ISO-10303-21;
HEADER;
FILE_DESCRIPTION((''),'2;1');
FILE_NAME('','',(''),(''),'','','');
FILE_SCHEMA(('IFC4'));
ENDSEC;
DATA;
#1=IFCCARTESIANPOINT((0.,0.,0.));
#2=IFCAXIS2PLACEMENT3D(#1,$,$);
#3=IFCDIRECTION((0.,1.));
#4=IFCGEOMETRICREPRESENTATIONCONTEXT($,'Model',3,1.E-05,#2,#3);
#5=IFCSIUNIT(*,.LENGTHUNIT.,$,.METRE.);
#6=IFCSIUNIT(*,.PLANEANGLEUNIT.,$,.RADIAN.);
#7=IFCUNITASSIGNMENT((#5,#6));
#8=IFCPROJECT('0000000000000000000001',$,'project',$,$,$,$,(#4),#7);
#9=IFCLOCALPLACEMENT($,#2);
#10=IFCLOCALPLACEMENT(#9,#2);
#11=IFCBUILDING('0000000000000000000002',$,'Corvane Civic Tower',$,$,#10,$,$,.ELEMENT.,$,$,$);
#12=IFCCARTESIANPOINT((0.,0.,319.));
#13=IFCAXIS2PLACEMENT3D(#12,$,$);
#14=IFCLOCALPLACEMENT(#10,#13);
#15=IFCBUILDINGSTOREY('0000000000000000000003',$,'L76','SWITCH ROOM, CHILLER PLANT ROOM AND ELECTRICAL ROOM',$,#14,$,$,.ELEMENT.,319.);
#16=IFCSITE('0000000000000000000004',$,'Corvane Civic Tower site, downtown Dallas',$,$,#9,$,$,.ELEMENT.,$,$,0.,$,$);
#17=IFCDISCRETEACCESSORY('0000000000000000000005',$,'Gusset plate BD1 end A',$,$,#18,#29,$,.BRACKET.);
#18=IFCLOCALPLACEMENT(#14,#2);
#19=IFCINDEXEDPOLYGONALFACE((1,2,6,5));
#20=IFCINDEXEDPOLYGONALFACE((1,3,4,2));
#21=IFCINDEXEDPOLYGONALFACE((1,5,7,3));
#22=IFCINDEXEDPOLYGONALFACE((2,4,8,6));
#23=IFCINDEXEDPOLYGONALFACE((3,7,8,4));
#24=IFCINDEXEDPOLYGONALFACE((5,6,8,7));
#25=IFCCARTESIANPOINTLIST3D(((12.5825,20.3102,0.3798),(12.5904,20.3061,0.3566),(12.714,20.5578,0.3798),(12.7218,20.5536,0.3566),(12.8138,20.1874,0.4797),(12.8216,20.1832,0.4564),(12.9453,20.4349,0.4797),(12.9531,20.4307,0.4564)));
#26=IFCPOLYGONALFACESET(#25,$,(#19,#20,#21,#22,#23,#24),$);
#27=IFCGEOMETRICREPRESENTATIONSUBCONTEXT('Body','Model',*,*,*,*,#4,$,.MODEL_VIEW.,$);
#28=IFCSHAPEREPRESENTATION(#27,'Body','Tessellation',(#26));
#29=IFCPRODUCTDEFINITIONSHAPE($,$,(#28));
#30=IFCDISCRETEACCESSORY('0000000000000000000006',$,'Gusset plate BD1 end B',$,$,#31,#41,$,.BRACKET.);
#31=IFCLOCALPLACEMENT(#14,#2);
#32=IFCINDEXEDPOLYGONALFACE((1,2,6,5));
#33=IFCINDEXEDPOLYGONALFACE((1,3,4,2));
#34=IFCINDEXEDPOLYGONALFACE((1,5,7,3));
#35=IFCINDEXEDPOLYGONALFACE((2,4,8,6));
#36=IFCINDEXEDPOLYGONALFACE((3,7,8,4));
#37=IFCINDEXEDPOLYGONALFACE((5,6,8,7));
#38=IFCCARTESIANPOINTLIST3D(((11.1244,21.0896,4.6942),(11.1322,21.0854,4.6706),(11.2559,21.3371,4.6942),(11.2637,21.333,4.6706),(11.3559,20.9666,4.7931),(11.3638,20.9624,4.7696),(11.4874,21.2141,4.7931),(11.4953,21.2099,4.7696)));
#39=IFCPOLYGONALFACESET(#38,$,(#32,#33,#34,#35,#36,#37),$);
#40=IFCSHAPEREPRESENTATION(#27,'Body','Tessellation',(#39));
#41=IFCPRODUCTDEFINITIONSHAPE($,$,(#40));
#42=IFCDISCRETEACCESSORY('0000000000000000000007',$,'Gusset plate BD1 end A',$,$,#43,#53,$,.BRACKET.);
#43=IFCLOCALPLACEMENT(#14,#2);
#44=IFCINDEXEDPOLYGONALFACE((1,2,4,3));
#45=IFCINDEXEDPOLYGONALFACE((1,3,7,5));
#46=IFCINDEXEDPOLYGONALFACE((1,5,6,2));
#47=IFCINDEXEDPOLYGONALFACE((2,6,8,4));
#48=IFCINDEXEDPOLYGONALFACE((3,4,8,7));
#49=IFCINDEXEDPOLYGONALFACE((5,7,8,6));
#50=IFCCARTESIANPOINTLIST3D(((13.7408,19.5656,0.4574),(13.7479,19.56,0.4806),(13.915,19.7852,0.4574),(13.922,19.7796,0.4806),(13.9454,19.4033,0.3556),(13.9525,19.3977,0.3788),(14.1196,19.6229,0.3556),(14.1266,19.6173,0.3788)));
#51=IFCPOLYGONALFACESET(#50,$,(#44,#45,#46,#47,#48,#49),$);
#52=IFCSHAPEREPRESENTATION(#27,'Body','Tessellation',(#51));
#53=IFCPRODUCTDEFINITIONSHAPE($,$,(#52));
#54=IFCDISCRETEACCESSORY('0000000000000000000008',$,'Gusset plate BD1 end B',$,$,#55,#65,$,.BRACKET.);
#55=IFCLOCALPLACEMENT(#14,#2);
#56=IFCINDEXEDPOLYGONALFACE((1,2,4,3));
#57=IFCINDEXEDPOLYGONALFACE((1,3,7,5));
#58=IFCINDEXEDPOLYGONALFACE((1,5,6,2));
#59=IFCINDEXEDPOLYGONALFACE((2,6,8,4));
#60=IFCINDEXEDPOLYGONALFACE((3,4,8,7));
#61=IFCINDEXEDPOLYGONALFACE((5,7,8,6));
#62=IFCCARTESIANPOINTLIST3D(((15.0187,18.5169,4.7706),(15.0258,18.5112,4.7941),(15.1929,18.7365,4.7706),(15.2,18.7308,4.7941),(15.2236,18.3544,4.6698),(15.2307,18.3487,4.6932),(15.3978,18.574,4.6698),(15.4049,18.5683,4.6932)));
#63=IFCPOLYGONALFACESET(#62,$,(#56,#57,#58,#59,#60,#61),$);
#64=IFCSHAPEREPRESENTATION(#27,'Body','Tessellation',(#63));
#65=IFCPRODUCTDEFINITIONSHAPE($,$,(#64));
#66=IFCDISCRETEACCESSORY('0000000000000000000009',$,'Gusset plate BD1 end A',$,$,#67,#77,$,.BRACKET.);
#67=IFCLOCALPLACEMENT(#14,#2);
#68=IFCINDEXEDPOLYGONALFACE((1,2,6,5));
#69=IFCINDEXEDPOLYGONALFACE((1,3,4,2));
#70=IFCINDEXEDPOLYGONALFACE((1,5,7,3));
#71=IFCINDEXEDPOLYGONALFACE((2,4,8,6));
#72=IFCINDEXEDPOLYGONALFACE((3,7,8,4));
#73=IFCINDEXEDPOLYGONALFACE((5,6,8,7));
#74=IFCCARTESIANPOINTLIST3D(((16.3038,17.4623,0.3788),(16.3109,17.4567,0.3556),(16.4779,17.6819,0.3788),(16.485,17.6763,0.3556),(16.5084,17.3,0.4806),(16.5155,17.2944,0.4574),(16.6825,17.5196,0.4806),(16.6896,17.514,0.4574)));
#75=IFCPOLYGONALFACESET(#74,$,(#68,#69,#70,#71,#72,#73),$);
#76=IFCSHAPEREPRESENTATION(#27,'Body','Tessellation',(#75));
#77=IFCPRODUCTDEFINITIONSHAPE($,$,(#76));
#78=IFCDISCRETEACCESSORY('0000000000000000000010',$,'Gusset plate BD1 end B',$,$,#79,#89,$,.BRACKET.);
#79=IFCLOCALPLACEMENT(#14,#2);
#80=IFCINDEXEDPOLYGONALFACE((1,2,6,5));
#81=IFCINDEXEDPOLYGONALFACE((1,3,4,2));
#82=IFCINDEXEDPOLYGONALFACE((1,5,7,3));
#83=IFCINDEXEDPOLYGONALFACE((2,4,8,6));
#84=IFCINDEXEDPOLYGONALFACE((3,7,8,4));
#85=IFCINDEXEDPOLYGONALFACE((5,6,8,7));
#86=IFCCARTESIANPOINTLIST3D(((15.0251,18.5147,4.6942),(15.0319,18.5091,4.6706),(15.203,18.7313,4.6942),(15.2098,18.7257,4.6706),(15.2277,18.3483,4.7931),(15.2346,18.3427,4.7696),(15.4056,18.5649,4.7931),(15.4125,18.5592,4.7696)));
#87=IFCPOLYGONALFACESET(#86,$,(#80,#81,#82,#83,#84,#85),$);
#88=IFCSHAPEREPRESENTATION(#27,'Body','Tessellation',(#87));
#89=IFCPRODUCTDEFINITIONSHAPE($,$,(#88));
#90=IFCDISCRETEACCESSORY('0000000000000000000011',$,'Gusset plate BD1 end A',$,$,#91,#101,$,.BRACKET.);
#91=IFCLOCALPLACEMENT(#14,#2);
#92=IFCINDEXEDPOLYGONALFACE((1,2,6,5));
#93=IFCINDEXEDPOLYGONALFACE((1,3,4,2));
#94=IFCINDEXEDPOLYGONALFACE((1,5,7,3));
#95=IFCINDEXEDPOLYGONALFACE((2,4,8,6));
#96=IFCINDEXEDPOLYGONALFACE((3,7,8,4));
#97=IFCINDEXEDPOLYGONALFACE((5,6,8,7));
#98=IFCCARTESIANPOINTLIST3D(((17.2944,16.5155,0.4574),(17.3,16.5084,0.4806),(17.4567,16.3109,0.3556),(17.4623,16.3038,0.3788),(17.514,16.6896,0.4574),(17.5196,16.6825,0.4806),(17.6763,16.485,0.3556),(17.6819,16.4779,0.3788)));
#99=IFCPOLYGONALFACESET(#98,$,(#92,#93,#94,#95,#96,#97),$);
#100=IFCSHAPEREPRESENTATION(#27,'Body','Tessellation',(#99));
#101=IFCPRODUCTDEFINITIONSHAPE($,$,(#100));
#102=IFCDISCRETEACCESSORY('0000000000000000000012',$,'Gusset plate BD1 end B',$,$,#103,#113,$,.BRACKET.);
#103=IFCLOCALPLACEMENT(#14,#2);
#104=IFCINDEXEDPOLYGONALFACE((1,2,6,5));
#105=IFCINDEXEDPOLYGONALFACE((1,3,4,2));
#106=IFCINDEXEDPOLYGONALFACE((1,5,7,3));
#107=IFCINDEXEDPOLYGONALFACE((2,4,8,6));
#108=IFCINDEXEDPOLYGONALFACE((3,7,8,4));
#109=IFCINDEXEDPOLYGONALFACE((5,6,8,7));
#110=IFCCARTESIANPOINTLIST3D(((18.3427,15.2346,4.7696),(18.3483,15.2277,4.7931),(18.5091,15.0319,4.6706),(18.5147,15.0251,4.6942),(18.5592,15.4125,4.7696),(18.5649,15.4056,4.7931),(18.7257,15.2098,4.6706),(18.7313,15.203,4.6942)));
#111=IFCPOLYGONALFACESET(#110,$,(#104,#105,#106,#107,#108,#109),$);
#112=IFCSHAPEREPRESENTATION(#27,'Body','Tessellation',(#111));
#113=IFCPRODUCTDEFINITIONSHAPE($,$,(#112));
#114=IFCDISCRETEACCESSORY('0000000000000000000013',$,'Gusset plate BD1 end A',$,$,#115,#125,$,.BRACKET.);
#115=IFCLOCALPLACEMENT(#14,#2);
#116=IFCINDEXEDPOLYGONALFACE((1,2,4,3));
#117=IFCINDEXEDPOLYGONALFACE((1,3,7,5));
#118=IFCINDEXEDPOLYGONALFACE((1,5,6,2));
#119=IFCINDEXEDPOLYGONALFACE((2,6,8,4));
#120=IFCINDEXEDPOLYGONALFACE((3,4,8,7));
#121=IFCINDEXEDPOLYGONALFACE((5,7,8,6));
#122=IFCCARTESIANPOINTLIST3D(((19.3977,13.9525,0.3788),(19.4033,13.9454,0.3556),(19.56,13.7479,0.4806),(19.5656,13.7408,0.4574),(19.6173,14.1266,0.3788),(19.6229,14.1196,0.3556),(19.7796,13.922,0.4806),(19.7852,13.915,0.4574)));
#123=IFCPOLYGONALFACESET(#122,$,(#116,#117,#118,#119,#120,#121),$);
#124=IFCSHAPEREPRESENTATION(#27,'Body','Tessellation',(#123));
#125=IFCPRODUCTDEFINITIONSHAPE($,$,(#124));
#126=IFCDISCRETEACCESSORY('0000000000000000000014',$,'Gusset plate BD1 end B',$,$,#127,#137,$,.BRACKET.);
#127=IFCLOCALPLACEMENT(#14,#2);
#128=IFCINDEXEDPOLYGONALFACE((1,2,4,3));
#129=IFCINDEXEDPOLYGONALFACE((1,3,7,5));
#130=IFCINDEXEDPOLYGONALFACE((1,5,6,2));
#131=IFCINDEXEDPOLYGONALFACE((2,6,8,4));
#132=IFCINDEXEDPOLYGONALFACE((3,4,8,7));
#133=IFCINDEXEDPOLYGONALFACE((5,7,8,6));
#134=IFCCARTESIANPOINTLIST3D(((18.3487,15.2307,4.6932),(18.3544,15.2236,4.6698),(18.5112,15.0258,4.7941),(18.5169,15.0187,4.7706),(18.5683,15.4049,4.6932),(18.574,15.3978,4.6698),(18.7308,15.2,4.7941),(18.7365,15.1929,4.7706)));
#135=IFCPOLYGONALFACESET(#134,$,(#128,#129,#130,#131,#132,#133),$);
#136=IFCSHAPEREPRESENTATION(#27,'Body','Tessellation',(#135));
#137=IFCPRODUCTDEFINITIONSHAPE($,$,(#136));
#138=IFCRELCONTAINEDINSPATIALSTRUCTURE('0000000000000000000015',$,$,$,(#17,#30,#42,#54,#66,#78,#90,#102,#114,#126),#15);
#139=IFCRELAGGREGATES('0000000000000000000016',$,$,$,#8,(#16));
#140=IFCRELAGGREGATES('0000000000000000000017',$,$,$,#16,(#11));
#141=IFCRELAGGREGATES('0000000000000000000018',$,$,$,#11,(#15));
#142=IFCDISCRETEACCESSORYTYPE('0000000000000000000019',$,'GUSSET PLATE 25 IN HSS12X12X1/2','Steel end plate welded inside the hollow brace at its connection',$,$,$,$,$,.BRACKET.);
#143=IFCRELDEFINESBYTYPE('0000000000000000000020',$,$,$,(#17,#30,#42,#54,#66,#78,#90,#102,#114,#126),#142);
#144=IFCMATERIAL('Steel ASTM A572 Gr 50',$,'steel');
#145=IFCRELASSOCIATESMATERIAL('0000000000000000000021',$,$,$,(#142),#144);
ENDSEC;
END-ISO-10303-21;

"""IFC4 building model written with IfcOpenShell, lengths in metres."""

from ifc_helpers import new_model, si_unit, direction, frame, origin, origin_2d, place, context, subcontext, project, spatial, rectangle, extrude, material, material_profile, profile_set, type_object, element, save


model = new_model("IFC4")

# Units and contexts
model_context = context("Model", 3, precision=1e-05, world=origin(), true_north=direction((0.0, 1.0)))
body_context = subcontext(model_context, "Body", "Model", "MODEL_VIEW")
ifc_project = project(units=[si_unit("LENGTHUNIT", "METRE"), si_unit("PLANEANGLEUNIT", "RADIAN")], contexts=[model_context])

# Site, building, storey
site_placement = place(None, origin())
site = spatial("IfcSite", under=ifc_project, at=site_placement, Name="Corvane Civic Tower site, downtown Dallas", CompositionType="ELEMENT", RefElevation=0.0)
building_placement = place(site_placement, origin())
building = spatial("IfcBuilding", under=site, at=building_placement, Name="Corvane Civic Tower", CompositionType="ELEMENT")
storey_placement = place(building_placement, frame((0.0, 0.0, 319.0)))
storey = spatial("IfcBuildingStorey", under=building, at=storey_placement, Name="L76", Description="SWITCH ROOM, CHILLER PLANT ROOM AND ELECTRICAL ROOM", CompositionType="ELEMENT", Elevation=319.0)

# Discrete accessories
ifc_material_1 = material(Name="Steel ASTM A572 Gr 50", Category="steel")
ifc_material_profile_1 = material_profile(ifc_material_1, rectangle(XDim=0.2803, YDim=0.2803, at=origin_2d()), Name="GUSSET PLATE 25 IN HSS12X12X1/2")
ifc_profile_set_1 = profile_set([ifc_material_profile_1], Name="Steel ASTM A572 Gr 50")
discrete_accessory_type = type_object("IfcDiscreteAccessoryType", Name="GUSSET PLATE 25 IN HSS12X12X1/2", Description="Steel end plate welded inside the hollow brace at its connection", PredefinedType="BRACKET", material=ifc_profile_set_1)
discrete_accessory_1_placement = place(storey_placement, frame((12.7717, 20.3684, 0.4065), z_axis=(-0.314725, 0.167198, 0.934341), x_axis=(-0.469155, -0.883116, 0.0)))
element("IfcDiscreteAccessory", 1, at=discrete_accessory_1_placement, inside=storey, type_object=discrete_accessory_type, Name="Gusset plate BD1 end A", PredefinedType="BRACKET", context=body_context, shape_type="SweptSolid", body=[
    extrude(rectangle(XDim=0.2803, YDim=0.2803, at=origin_2d()), origin(), (0.0, 0.0, 1.0), 0.0249),
])
discrete_accessory_2_placement = place(storey_placement, frame((11.3059, 21.1519, 4.7437), z_axis=(0.311858, -0.165674, -0.935573), x_axis=(0.469155, 0.883116, 0.0)))
element("IfcDiscreteAccessory", 2, at=discrete_accessory_2_placement, inside=storey, type_object=discrete_accessory_type, Name="Gusset plate BD1 end B", PredefinedType="BRACKET", context=body_context, shape_type="SweptSolid", body=[
    extrude(rectangle(XDim=0.2803, YDim=0.2803, at=origin_2d()), origin(), (0.0, 0.0, 1.0), 0.0251),
])
discrete_accessory_3_placement = place(storey_placement, frame((13.9302, 19.5942, 0.4065), z_axis=(0.284437, -0.225588, 0.931776), x_axis=(0.621395, 0.783498, 0.0)))
element("IfcDiscreteAccessory", 3, at=discrete_accessory_3_placement, inside=storey, type_object=discrete_accessory_type, Name="Gusset plate BD1 end A", PredefinedType="BRACKET", context=body_context, shape_type="SweptSolid", body=[
    extrude(rectangle(XDim=0.2803, YDim=0.2803, at=origin_2d()), origin(), (0.0, 0.0, 1.0), 0.0249),
])
discrete_accessory_4_placement = place(storey_placement, frame((15.2153, 18.5398, 4.7437), z_axis=(-0.281859, 0.223543, -0.933051), x_axis=(-0.621395, -0.783498, 0.0)))
element("IfcDiscreteAccessory", 4, at=discrete_accessory_4_placement, inside=storey, type_object=discrete_accessory_type, Name="Gusset plate BD1 end B", PredefinedType="BRACKET", context=body_context, shape_type="SweptSolid", body=[
    extrude(rectangle(XDim=0.2803, YDim=0.2803, at=origin_2d()), origin(), (0.0, 0.0, 1.0), 0.0251),
])
discrete_accessory_5_placement = place(storey_placement, frame((16.5002, 17.4854, 0.4065), z_axis=(-0.284437, 0.225588, 0.931776), x_axis=(-0.621395, -0.783498, 0.0)))
element("IfcDiscreteAccessory", 5, at=discrete_accessory_5_placement, inside=storey, type_object=discrete_accessory_type, Name="Gusset plate BD1 end A", PredefinedType="BRACKET", context=body_context, shape_type="SweptSolid", body=[
    extrude(rectangle(XDim=0.2803, YDim=0.2803, at=origin_2d()), origin(), (0.0, 0.0, 1.0), 0.0249),
])
discrete_accessory_6_placement = place(storey_placement, frame((15.2153, 18.5398, 4.7437), z_axis=(0.272875, -0.224148, -0.935573), x_axis=(0.634739, 0.772726, 0.0)))
element("IfcDiscreteAccessory", 6, at=discrete_accessory_6_placement, inside=storey, type_object=discrete_accessory_type, Name="Gusset plate BD1 end B", PredefinedType="BRACKET", context=body_context, shape_type="SweptSolid", body=[
    extrude(rectangle(XDim=0.2803, YDim=0.2803, at=origin_2d()), origin(), (0.0, 0.0, 1.0), 0.0251),
])
discrete_accessory_7_placement = place(storey_placement, frame((17.4854, 16.5002, 0.4065), z_axis=(0.225588, -0.284437, 0.931776), x_axis=(0.783498, 0.621395, 0.0)))
element("IfcDiscreteAccessory", 7, at=discrete_accessory_7_placement, inside=storey, type_object=discrete_accessory_type, Name="Gusset plate BD1 end A", PredefinedType="BRACKET", context=body_context, shape_type="SweptSolid", body=[
    extrude(rectangle(XDim=0.2803, YDim=0.2803, at=origin_2d()), origin(), (0.0, 0.0, 1.0), 0.0249),
])
discrete_accessory_8_placement = place(storey_placement, frame((18.5398, 15.2153, 4.7437), z_axis=(-0.224148, 0.272875, -0.935573), x_axis=(-0.772726, -0.634739, 0.0)))
element("IfcDiscreteAccessory", 8, at=discrete_accessory_8_placement, inside=storey, type_object=discrete_accessory_type, Name="Gusset plate BD1 end B", PredefinedType="BRACKET", context=body_context, shape_type="SweptSolid", body=[
    extrude(rectangle(XDim=0.2803, YDim=0.2803, at=origin_2d()), origin(), (0.0, 0.0, 1.0), 0.0251),
])
discrete_accessory_9_placement = place(storey_placement, frame((19.5942, 13.9302, 0.4065), z_axis=(-0.225588, 0.284437, 0.931776), x_axis=(-0.783498, -0.621395, 0.0)))
element("IfcDiscreteAccessory", 9, at=discrete_accessory_9_placement, inside=storey, type_object=discrete_accessory_type, Name="Gusset plate BD1 end A", PredefinedType="BRACKET", context=body_context, shape_type="SweptSolid", body=[
    extrude(rectangle(XDim=0.2803, YDim=0.2803, at=origin_2d()), origin(), (0.0, 0.0, 1.0), 0.0249),
])
discrete_accessory_10_placement = place(storey_placement, frame((18.5398, 15.2153, 4.7437), z_axis=(0.223543, -0.281859, -0.933051), x_axis=(0.783498, 0.621395, 0.0)))
element("IfcDiscreteAccessory", 10, at=discrete_accessory_10_placement, inside=storey, type_object=discrete_accessory_type, Name="Gusset plate BD1 end B", PredefinedType="BRACKET", context=body_context, shape_type="SweptSolid", body=[
    extrude(rectangle(XDim=0.2803, YDim=0.2803, at=origin_2d()), origin(), (0.0, 0.0, 1.0), 0.0251),
])

save(model, "model.ifc")
